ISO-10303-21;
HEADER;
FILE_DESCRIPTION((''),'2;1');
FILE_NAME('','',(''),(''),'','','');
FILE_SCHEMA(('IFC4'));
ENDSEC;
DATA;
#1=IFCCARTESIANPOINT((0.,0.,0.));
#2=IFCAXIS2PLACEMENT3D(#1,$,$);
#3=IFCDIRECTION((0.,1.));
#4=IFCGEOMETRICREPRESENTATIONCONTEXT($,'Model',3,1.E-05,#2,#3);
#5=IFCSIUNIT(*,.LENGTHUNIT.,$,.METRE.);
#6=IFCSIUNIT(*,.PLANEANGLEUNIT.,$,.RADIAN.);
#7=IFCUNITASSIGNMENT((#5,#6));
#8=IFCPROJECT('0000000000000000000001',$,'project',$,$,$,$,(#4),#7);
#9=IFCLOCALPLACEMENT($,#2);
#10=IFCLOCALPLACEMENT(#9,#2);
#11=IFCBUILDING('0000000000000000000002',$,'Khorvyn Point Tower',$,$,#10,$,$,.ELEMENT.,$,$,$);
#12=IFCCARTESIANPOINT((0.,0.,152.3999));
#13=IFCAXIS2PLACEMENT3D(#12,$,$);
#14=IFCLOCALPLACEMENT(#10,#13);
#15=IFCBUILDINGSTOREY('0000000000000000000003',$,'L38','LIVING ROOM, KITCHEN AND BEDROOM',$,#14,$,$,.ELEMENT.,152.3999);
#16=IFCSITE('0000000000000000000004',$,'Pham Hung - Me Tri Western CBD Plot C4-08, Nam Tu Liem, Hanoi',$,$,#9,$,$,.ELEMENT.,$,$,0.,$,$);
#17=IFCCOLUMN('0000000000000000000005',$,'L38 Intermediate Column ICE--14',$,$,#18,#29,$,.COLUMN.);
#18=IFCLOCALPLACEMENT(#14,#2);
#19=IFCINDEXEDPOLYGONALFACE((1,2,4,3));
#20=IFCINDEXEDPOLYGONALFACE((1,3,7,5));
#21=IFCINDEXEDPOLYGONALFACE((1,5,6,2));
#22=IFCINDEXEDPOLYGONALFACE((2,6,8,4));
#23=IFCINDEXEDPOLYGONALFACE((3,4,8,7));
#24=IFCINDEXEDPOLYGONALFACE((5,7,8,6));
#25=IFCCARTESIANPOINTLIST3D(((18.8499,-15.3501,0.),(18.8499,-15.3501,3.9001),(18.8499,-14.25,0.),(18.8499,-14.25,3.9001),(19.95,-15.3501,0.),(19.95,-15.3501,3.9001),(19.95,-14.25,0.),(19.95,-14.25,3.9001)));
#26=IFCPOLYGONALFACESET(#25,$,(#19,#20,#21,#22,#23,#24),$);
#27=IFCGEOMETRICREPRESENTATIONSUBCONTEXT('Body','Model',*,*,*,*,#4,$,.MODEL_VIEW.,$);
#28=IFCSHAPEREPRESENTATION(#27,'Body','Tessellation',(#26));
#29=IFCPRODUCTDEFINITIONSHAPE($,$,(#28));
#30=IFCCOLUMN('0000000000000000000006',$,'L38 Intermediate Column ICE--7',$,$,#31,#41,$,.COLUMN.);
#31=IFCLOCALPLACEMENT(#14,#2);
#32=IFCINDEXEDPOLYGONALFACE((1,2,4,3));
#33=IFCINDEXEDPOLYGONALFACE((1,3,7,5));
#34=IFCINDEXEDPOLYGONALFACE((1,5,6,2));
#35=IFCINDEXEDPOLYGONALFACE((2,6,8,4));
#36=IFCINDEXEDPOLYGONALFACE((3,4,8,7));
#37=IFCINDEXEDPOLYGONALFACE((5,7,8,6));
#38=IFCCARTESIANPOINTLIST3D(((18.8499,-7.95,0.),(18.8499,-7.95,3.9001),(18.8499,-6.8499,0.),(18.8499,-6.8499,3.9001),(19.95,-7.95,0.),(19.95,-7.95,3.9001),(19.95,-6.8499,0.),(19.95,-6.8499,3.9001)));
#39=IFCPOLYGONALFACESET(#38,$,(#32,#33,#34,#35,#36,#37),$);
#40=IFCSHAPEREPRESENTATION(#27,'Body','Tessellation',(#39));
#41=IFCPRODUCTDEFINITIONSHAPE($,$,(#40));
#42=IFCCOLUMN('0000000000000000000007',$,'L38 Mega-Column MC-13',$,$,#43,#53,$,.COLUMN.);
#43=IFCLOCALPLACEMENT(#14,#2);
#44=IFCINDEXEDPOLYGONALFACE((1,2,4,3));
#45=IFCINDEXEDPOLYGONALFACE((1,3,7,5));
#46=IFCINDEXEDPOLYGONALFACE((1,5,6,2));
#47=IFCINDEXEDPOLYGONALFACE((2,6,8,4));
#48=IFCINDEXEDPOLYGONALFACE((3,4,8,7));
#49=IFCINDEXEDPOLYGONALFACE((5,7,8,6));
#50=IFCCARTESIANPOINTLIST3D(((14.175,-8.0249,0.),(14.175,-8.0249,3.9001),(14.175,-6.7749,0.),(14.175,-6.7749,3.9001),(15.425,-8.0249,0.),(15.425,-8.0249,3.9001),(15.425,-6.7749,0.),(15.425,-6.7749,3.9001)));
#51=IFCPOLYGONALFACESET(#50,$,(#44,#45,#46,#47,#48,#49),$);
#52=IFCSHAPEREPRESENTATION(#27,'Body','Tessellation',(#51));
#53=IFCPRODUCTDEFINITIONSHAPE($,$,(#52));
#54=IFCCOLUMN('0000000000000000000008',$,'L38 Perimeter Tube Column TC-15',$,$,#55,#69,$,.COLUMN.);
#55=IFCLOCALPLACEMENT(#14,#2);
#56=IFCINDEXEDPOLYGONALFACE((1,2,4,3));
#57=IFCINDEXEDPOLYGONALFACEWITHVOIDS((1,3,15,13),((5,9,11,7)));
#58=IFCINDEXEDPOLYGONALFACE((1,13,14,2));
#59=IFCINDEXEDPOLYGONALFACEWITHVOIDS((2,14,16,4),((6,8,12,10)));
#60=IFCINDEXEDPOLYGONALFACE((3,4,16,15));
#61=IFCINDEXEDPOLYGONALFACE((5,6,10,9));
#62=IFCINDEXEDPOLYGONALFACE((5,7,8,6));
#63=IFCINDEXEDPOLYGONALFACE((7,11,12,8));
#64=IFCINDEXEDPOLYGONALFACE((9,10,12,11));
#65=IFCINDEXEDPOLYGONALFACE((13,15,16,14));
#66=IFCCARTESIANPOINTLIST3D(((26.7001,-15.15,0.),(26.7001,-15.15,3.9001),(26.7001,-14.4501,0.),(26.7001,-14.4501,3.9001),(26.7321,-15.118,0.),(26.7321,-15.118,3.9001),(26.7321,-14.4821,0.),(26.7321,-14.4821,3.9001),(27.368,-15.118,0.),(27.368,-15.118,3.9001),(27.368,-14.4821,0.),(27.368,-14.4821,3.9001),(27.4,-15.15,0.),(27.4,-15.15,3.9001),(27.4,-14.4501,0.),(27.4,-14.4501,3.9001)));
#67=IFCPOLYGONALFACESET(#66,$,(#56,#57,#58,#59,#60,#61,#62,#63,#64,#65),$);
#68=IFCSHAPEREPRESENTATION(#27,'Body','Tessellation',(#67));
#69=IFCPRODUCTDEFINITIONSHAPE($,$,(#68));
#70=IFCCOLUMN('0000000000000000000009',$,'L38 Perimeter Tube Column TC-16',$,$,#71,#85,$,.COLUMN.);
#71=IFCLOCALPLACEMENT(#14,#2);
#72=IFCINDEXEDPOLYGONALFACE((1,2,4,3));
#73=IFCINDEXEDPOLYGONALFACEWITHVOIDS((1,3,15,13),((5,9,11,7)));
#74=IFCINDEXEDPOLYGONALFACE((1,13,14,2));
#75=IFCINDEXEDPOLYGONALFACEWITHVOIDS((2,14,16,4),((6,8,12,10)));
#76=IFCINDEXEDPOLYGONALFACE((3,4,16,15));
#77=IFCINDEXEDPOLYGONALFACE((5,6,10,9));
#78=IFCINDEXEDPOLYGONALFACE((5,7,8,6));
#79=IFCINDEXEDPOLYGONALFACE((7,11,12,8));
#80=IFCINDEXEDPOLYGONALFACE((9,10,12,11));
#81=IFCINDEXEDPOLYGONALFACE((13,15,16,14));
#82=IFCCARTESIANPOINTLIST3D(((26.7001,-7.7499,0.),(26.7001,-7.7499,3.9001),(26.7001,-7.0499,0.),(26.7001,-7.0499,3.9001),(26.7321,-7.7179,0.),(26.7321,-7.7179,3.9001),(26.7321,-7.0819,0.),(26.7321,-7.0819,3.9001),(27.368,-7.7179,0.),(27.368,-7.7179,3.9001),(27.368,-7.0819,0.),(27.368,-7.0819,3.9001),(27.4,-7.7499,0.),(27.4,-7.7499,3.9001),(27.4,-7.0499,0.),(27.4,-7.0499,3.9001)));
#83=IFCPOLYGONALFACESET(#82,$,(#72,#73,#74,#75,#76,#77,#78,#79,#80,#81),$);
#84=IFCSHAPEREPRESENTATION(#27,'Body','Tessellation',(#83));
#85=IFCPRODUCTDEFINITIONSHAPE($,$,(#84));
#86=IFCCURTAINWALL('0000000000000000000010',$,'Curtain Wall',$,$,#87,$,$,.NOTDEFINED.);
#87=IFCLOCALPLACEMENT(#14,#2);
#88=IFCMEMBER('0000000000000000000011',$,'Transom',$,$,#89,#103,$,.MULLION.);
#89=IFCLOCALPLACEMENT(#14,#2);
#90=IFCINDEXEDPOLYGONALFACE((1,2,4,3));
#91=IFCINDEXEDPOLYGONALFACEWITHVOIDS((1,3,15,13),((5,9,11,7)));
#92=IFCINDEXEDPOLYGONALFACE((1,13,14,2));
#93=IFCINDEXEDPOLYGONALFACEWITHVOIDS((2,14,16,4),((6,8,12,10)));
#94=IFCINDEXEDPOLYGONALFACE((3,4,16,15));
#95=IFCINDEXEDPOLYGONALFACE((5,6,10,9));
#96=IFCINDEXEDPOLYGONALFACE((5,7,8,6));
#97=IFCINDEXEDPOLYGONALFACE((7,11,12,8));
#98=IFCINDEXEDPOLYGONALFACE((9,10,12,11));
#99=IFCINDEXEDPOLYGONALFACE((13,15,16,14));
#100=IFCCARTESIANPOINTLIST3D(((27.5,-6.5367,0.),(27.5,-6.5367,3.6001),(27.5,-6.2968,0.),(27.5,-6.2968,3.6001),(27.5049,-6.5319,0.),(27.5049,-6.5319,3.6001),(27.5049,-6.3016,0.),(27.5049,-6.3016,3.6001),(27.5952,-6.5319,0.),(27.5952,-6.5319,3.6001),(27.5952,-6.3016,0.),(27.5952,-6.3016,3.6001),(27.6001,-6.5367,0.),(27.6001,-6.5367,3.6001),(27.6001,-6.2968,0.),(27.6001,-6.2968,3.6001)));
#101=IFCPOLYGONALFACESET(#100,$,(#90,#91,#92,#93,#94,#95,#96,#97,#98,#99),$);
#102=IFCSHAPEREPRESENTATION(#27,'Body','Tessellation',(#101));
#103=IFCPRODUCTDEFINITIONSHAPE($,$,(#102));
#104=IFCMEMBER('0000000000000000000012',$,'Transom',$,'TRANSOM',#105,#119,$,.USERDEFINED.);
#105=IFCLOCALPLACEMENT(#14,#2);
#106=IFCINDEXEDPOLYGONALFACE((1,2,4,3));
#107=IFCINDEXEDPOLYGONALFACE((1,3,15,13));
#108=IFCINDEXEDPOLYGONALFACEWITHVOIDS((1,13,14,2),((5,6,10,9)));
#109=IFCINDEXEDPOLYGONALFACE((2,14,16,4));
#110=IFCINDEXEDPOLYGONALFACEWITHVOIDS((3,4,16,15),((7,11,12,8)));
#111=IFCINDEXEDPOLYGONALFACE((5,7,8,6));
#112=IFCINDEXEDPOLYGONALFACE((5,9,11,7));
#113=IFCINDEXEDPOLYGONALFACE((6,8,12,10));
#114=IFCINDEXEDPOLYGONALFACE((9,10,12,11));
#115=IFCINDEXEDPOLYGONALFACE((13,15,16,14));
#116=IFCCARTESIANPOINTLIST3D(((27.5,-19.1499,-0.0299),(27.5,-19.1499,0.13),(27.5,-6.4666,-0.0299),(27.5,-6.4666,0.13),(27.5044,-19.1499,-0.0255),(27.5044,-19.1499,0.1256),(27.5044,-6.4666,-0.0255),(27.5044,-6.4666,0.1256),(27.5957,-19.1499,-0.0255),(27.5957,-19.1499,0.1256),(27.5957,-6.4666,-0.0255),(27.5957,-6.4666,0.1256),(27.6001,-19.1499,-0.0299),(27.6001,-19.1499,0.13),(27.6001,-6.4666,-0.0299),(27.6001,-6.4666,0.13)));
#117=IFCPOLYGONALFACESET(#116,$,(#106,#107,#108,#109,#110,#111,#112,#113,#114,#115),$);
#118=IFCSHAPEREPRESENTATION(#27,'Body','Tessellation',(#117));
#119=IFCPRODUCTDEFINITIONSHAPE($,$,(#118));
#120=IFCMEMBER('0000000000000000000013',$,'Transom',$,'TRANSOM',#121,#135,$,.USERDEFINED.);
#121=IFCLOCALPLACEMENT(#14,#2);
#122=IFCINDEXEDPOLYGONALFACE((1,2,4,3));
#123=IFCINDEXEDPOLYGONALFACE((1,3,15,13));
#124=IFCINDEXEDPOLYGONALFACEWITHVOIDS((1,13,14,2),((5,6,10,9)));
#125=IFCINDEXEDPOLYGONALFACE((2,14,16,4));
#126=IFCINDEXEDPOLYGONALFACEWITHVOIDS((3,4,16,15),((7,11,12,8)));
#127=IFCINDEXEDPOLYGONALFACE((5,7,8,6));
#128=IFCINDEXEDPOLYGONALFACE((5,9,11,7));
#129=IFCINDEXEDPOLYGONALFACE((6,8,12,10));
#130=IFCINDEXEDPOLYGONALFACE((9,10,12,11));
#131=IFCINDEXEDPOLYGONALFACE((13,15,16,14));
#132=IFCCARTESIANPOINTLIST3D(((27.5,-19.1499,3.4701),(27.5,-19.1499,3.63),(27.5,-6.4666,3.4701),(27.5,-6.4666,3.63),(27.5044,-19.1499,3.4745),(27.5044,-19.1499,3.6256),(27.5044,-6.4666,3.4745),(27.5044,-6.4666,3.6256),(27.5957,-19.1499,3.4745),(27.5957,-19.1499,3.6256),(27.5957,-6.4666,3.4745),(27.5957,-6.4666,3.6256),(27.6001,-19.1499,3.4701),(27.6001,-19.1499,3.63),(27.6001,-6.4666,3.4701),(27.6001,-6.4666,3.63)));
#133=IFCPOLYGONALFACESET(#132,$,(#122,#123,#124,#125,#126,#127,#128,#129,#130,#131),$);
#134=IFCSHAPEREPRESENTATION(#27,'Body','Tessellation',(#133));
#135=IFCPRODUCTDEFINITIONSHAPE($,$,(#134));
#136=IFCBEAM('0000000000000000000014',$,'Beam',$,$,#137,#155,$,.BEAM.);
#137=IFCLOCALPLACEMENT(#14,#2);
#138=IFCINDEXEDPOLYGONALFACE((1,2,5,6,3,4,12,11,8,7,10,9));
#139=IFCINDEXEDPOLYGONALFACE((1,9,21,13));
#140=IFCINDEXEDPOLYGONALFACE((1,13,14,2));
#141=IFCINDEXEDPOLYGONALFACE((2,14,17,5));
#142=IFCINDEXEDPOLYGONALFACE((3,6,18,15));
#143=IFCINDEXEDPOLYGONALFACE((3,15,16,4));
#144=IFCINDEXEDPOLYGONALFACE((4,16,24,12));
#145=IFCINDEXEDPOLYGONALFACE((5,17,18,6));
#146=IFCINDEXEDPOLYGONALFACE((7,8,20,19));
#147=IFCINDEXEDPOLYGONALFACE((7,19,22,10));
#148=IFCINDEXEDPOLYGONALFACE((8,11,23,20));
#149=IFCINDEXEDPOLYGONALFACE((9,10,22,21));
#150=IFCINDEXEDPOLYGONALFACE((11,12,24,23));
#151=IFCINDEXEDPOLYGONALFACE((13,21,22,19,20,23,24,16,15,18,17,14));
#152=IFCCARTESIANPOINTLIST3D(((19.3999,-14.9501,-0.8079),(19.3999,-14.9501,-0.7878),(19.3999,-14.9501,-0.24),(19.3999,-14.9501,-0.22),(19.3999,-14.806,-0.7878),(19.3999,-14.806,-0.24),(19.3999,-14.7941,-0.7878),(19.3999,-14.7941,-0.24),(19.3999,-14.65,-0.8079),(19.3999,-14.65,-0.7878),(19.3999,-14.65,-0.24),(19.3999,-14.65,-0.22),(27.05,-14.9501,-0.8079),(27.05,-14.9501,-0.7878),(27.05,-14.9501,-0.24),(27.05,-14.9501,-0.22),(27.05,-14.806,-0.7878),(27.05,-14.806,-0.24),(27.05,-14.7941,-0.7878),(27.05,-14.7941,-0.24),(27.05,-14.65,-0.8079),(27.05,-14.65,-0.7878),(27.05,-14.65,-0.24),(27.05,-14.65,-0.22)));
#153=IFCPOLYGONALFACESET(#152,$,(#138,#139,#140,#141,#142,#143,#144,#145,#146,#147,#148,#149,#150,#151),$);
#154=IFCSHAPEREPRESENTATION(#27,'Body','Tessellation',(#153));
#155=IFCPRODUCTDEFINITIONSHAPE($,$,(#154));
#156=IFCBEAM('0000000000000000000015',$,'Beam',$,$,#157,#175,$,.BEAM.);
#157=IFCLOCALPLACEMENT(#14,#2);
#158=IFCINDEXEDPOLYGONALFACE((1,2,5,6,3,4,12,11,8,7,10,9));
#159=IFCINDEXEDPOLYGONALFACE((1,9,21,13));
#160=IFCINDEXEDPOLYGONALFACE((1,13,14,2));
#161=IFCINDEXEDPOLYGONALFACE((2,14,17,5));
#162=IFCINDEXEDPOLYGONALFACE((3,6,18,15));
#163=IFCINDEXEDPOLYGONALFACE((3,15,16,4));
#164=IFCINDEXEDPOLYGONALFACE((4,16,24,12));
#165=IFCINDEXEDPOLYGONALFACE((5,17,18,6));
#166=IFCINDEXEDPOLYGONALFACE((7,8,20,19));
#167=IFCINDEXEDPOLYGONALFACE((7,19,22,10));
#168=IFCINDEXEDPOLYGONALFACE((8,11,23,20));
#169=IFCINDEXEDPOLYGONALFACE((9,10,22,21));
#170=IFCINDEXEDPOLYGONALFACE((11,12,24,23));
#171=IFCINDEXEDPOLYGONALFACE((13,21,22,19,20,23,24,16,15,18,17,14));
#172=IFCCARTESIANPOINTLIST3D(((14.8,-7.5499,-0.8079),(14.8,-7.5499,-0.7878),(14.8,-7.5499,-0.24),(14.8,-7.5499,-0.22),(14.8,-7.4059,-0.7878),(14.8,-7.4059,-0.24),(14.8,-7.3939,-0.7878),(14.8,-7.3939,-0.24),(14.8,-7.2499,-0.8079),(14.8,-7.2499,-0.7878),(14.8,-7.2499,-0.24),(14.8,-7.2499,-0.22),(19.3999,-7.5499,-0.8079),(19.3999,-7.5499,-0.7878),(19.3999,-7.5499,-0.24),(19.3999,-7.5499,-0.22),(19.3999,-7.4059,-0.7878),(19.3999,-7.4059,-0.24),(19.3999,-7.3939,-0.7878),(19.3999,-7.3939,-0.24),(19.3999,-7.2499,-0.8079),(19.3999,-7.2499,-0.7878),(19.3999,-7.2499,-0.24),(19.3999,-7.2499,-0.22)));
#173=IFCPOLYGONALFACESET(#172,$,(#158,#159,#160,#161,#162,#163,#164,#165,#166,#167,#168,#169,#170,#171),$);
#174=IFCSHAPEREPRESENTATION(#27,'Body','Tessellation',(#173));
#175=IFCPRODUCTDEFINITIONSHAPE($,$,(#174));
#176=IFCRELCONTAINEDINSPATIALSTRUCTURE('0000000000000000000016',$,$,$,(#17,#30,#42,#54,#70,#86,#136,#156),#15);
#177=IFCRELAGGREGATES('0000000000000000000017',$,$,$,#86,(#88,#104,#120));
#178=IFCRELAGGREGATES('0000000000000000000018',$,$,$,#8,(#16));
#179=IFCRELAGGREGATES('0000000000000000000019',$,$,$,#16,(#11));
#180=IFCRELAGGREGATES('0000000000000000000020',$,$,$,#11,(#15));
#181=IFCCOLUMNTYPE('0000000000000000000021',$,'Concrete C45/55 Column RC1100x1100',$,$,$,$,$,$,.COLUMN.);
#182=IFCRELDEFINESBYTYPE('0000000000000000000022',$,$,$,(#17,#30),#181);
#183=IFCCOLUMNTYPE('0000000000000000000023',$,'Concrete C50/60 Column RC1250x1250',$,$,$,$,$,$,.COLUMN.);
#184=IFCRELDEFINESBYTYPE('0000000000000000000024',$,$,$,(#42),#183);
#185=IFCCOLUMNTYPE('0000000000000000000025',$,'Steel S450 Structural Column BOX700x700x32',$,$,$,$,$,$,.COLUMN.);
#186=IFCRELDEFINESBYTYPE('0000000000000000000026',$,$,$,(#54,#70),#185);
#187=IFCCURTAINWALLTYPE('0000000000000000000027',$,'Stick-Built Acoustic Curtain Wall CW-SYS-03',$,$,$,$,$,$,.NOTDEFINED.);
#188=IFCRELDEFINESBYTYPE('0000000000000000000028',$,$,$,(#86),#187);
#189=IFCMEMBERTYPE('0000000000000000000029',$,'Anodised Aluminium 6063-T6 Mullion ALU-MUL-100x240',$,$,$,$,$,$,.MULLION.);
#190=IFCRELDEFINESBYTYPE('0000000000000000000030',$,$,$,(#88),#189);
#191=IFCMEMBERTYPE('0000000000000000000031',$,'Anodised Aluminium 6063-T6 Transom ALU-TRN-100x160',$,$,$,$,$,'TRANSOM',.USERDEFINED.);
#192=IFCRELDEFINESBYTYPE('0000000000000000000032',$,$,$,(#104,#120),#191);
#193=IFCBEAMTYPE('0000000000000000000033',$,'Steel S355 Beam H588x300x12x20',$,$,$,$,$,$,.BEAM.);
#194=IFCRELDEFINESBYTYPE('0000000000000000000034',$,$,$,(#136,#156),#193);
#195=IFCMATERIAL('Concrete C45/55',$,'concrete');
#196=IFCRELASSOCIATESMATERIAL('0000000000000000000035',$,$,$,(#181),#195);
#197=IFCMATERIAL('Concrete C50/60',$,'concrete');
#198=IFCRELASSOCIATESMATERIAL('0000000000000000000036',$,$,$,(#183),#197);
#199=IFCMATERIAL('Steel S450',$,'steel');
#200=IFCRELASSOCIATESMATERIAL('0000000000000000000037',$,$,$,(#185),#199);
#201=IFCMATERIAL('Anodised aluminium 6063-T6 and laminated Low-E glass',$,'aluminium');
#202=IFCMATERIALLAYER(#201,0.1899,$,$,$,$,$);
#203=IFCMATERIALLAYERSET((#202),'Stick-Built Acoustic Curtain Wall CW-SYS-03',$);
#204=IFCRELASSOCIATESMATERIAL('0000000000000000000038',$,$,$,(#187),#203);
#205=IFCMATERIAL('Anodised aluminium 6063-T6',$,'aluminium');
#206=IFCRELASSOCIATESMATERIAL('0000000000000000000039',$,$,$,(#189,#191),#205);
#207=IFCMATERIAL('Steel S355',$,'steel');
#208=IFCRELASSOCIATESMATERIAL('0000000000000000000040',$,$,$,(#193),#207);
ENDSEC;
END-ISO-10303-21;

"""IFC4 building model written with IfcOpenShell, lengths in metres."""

from ifc_helpers import new_model, si_unit, direction, frame, origin, origin_2d, place, context, subcontext, project, spatial, rectangle, hollow_rectangle, i_section, extrude, material, layer, layer_set, material_profile, profile_set, type_object, element, aggregate, save


model = new_model("IFC4")

# Units and contexts
model_context = context("Model", 3, precision=1e-05, world=origin(), true_north=direction((0.0, 1.0)))
body_context = subcontext(model_context, "Body", "Model", "MODEL_VIEW")
ifc_project = project(units=[si_unit("LENGTHUNIT", "METRE"), si_unit("PLANEANGLEUNIT", "RADIAN")], contexts=[model_context])

# Site, building, storey
site_placement = place(None, origin())
site = spatial("IfcSite", under=ifc_project, at=site_placement, Name="Pham Hung - Me Tri Western CBD Plot C4-08, Nam Tu Liem, Hanoi", CompositionType="ELEMENT", RefElevation=0.0)
building_placement = place(site_placement, origin())
building = spatial("IfcBuilding", under=site, at=building_placement, Name="Khorvyn Point Tower", CompositionType="ELEMENT")
storey_placement = place(building_placement, frame((0.0, 0.0, 152.3999)))
storey = spatial("IfcBuildingStorey", under=building, at=storey_placement, Name="L38", Description="LIVING ROOM, KITCHEN AND BEDROOM", CompositionType="ELEMENT", Elevation=152.3999)

# Columns
ifc_material_1 = material(Name="Concrete C45/55", Category="concrete")
ifc_material_profile_1 = material_profile(ifc_material_1, rectangle(XDim=1.1001, YDim=1.1001, at=origin_2d()))
ifc_profile_set_1 = profile_set([ifc_material_profile_1], Name="Concrete C45/55 RC1100x1100")
column_type_1 = type_object("IfcColumnType", Name="Concrete C45/55 Column RC1100x1100", PredefinedType="COLUMN", material=ifc_profile_set_1)
for number, where, z_axis, x_axis, name in (
    (1, (19.3999, -14.8, 0.0), (0.0, 0.0, 1.0), (1.0, 0.0, 0.0), "L38 Intermediate Column ICE--14"),
    (2, (19.3999, -7.3999, 0.0), (0.0, 0.0, 1.0), (1.0, 0.0, 0.0), "L38 Intermediate Column ICE--7"),
):
    element("IfcColumn", number, at=place(storey_placement, frame(where, z_axis=z_axis, x_axis=x_axis)), inside=storey, type_object=column_type_1, Name=name, PredefinedType="COLUMN", context=body_context, shape_type="SweptSolid", body=[
        extrude(rectangle(XDim=1.1001, YDim=1.1001, at=origin_2d()), origin(), (0.0, 0.0, 1.0), 3.9001),
    ])
ifc_material_2 = material(Name="Concrete C50/60", Category="concrete")
ifc_material_profile_2 = material_profile(ifc_material_2, rectangle(XDim=1.25, YDim=1.25, at=origin_2d()))
ifc_profile_set_2 = profile_set([ifc_material_profile_2], Name="Concrete C50/60 RC1250x1250")
column_type_2 = type_object("IfcColumnType", Name="Concrete C50/60 Column RC1250x1250", PredefinedType="COLUMN", material=ifc_profile_set_2)
column_placement = place(storey_placement, frame((14.8, -7.3999, 0.0), z_axis=(0.0, 0.0, 1.0), x_axis=(1.0, 0.0, 0.0)))
element("IfcColumn", 3, at=column_placement, inside=storey, type_object=column_type_2, Name="L38 Mega-Column MC-13", PredefinedType="COLUMN", context=body_context, shape_type="SweptSolid", body=[
    extrude(rectangle(XDim=1.25, YDim=1.25, at=origin_2d()), origin(), (0.0, 0.0, 1.0), 3.9001),
])
ifc_material_3 = material(Name="Steel S450", Category="steel")
ifc_material_profile_3 = material_profile(ifc_material_3, hollow_rectangle(XDim=0.7, YDim=0.7, WallThickness=0.032, at=origin_2d()))
ifc_profile_set_3 = profile_set([ifc_material_profile_3], Name="Steel S450 BOX700x700x32")
column_type_3 = type_object("IfcColumnType", Name="Steel S450 Structural Column BOX700x700x32", PredefinedType="COLUMN", material=ifc_profile_set_3)
for number, where, z_axis, x_axis, name in (
    (4, (27.05, -14.8, 0.0), (0.0, 0.0, 1.0), (1.0, 0.0, 0.0), "L38 Perimeter Tube Column TC-15"),
    (5, (27.05, -7.3999, 0.0), (0.0, 0.0, 1.0), (1.0, 0.0, 0.0), "L38 Perimeter Tube Column TC-16"),
):
    element("IfcColumn", number, at=place(storey_placement, frame(where, z_axis=z_axis, x_axis=x_axis)), inside=storey, type_object=column_type_3, Name=name, PredefinedType="COLUMN", context=body_context, shape_type="SweptSolid", body=[
        extrude(hollow_rectangle(XDim=0.7, YDim=0.7, WallThickness=0.032, at=origin_2d()), origin(), (0.0, 0.0, 1.0), 3.9001),
    ])

# Curtain wall, members
ifc_material_4 = material(Name="Anodised aluminium 6063-T6 and laminated Low-E glass", Category="aluminium")
ifc_layer_1 = layer(ifc_material_4, 0.1899)
ifc_layer_set_1 = layer_set([ifc_layer_1], Name="Stick-Built Acoustic Curtain Wall CW-SYS-03")
curtain_wall_type = type_object("IfcCurtainWallType", Name="Stick-Built Acoustic Curtain Wall CW-SYS-03", PredefinedType="NOTDEFINED", material=ifc_layer_set_1)
curtain_wall_placement = place(storey_placement, origin())
curtain_wall = element("IfcCurtainWall", 6, at=curtain_wall_placement, inside=storey, type_object=curtain_wall_type, Name="Curtain Wall", PredefinedType="NOTDEFINED")
ifc_material_5 = material(Name="Anodised aluminium 6063-T6", Category="aluminium")
ifc_material_profile_4 = material_profile(ifc_material_5, hollow_rectangle(XDim=0.1001, YDim=0.24, WallThickness=0.0049, at=origin_2d()))
ifc_profile_set_4 = profile_set([ifc_material_profile_4], Name="Anodised aluminium 6063-T6 ALU-MUL-100x240")
member_type_1 = type_object("IfcMemberType", Name="Anodised Aluminium 6063-T6 Mullion ALU-MUL-100x240", PredefinedType="MULLION", material=ifc_profile_set_4)
member_1_placement = place(storey_placement, frame((27.55, -6.4167, 0.0), z_axis=(0.0, 0.0, 1.0), x_axis=(1.0, 0.0, 0.0)))
member_1 = element("IfcMember", 7, at=member_1_placement, type_object=member_type_1, Name="Transom", PredefinedType="MULLION", context=body_context, shape_type="SweptSolid", body=[
    extrude(hollow_rectangle(XDim=0.1001, YDim=0.24, WallThickness=0.0049, at=origin_2d()), origin(), (0.0, 0.0, 1.0), 3.6001),
])
ifc_material_profile_5 = material_profile(ifc_material_5, hollow_rectangle(XDim=0.1001, YDim=0.1599, WallThickness=0.0044, at=origin_2d()))
ifc_profile_set_5 = profile_set([ifc_material_profile_5], Name="Anodised aluminium 6063-T6 ALU-TRN-100x160")
member_type_2 = type_object("IfcMemberType", Name="Anodised Aluminium 6063-T6 Transom ALU-TRN-100x160", ElementType="TRANSOM", PredefinedType="USERDEFINED", material=ifc_profile_set_5)
member_2_placement = place(storey_placement, frame((27.55, -6.4666, 0.05), z_axis=(0.0, -1.0, 0.0), x_axis=(1.0, 0.0, 0.0)))
member_2 = element("IfcMember", 8, at=member_2_placement, type_object=member_type_2, Name="Transom", ObjectType="TRANSOM", PredefinedType="USERDEFINED", context=body_context, shape_type="SweptSolid", body=[
    extrude(hollow_rectangle(XDim=0.1001, YDim=0.1599, WallThickness=0.0044, at=origin_2d()), origin(), (0.0, 0.0, 1.0), 12.6833),
])
member_3_placement = place(storey_placement, frame((27.55, -6.4666, 3.55), z_axis=(0.0, -1.0, 0.0), x_axis=(1.0, 0.0, 0.0)))
member_3 = element("IfcMember", 9, at=member_3_placement, type_object=member_type_2, Name="Transom", ObjectType="TRANSOM", PredefinedType="USERDEFINED", context=body_context, shape_type="SweptSolid", body=[
    extrude(hollow_rectangle(XDim=0.1001, YDim=0.1599, WallThickness=0.0044, at=origin_2d()), origin(), (0.0, 0.0, 1.0), 12.6833),
])

# Beams
ifc_material_6 = material(Name="Steel S355", Category="steel")
ifc_material_profile_6 = material_profile(ifc_material_6, i_section(OverallWidth=0.3, OverallDepth=0.5879, WebThickness=0.012, FlangeThickness=0.02, at=origin_2d()))
ifc_profile_set_6 = profile_set([ifc_material_profile_6], Name="Steel S355 H588x300x12x20")
beam_type_1 = type_object("IfcBeamType", Name="Steel S355 Beam H588x300x12x20", PredefinedType="BEAM", material=ifc_profile_set_6)
beam_1_placement = place(storey_placement, frame((19.3999, -14.8, -0.5139), z_axis=(1.0, 0.0, 0.0), x_axis=(0.0, 1.0, 0.0)))
element("IfcBeam", 10, at=beam_1_placement, inside=storey, type_object=beam_type_1, Name="Beam", PredefinedType="BEAM", context=body_context, shape_type="SweptSolid", body=[
    extrude(i_section(OverallWidth=0.3, OverallDepth=0.5879, WebThickness=0.012, FlangeThickness=0.02, at=origin_2d()), origin(), (0.0, 0.0, 1.0), 7.6501),
])
beam_2_placement = place(storey_placement, frame((14.8, -7.3999, -0.5139), z_axis=(1.0, 0.0, 0.0), x_axis=(0.0, 1.0, 0.0)))
element("IfcBeam", 11, at=beam_2_placement, inside=storey, type_object=beam_type_1, Name="Beam", PredefinedType="BEAM", context=body_context, shape_type="SweptSolid", body=[
    extrude(i_section(OverallWidth=0.3, OverallDepth=0.5879, WebThickness=0.012, FlangeThickness=0.02, at=origin_2d()), origin(), (0.0, 0.0, 1.0), 4.5999),
])

aggregate(curtain_wall, [member_1, member_2, member_3])

save(model, "model.ifc")
